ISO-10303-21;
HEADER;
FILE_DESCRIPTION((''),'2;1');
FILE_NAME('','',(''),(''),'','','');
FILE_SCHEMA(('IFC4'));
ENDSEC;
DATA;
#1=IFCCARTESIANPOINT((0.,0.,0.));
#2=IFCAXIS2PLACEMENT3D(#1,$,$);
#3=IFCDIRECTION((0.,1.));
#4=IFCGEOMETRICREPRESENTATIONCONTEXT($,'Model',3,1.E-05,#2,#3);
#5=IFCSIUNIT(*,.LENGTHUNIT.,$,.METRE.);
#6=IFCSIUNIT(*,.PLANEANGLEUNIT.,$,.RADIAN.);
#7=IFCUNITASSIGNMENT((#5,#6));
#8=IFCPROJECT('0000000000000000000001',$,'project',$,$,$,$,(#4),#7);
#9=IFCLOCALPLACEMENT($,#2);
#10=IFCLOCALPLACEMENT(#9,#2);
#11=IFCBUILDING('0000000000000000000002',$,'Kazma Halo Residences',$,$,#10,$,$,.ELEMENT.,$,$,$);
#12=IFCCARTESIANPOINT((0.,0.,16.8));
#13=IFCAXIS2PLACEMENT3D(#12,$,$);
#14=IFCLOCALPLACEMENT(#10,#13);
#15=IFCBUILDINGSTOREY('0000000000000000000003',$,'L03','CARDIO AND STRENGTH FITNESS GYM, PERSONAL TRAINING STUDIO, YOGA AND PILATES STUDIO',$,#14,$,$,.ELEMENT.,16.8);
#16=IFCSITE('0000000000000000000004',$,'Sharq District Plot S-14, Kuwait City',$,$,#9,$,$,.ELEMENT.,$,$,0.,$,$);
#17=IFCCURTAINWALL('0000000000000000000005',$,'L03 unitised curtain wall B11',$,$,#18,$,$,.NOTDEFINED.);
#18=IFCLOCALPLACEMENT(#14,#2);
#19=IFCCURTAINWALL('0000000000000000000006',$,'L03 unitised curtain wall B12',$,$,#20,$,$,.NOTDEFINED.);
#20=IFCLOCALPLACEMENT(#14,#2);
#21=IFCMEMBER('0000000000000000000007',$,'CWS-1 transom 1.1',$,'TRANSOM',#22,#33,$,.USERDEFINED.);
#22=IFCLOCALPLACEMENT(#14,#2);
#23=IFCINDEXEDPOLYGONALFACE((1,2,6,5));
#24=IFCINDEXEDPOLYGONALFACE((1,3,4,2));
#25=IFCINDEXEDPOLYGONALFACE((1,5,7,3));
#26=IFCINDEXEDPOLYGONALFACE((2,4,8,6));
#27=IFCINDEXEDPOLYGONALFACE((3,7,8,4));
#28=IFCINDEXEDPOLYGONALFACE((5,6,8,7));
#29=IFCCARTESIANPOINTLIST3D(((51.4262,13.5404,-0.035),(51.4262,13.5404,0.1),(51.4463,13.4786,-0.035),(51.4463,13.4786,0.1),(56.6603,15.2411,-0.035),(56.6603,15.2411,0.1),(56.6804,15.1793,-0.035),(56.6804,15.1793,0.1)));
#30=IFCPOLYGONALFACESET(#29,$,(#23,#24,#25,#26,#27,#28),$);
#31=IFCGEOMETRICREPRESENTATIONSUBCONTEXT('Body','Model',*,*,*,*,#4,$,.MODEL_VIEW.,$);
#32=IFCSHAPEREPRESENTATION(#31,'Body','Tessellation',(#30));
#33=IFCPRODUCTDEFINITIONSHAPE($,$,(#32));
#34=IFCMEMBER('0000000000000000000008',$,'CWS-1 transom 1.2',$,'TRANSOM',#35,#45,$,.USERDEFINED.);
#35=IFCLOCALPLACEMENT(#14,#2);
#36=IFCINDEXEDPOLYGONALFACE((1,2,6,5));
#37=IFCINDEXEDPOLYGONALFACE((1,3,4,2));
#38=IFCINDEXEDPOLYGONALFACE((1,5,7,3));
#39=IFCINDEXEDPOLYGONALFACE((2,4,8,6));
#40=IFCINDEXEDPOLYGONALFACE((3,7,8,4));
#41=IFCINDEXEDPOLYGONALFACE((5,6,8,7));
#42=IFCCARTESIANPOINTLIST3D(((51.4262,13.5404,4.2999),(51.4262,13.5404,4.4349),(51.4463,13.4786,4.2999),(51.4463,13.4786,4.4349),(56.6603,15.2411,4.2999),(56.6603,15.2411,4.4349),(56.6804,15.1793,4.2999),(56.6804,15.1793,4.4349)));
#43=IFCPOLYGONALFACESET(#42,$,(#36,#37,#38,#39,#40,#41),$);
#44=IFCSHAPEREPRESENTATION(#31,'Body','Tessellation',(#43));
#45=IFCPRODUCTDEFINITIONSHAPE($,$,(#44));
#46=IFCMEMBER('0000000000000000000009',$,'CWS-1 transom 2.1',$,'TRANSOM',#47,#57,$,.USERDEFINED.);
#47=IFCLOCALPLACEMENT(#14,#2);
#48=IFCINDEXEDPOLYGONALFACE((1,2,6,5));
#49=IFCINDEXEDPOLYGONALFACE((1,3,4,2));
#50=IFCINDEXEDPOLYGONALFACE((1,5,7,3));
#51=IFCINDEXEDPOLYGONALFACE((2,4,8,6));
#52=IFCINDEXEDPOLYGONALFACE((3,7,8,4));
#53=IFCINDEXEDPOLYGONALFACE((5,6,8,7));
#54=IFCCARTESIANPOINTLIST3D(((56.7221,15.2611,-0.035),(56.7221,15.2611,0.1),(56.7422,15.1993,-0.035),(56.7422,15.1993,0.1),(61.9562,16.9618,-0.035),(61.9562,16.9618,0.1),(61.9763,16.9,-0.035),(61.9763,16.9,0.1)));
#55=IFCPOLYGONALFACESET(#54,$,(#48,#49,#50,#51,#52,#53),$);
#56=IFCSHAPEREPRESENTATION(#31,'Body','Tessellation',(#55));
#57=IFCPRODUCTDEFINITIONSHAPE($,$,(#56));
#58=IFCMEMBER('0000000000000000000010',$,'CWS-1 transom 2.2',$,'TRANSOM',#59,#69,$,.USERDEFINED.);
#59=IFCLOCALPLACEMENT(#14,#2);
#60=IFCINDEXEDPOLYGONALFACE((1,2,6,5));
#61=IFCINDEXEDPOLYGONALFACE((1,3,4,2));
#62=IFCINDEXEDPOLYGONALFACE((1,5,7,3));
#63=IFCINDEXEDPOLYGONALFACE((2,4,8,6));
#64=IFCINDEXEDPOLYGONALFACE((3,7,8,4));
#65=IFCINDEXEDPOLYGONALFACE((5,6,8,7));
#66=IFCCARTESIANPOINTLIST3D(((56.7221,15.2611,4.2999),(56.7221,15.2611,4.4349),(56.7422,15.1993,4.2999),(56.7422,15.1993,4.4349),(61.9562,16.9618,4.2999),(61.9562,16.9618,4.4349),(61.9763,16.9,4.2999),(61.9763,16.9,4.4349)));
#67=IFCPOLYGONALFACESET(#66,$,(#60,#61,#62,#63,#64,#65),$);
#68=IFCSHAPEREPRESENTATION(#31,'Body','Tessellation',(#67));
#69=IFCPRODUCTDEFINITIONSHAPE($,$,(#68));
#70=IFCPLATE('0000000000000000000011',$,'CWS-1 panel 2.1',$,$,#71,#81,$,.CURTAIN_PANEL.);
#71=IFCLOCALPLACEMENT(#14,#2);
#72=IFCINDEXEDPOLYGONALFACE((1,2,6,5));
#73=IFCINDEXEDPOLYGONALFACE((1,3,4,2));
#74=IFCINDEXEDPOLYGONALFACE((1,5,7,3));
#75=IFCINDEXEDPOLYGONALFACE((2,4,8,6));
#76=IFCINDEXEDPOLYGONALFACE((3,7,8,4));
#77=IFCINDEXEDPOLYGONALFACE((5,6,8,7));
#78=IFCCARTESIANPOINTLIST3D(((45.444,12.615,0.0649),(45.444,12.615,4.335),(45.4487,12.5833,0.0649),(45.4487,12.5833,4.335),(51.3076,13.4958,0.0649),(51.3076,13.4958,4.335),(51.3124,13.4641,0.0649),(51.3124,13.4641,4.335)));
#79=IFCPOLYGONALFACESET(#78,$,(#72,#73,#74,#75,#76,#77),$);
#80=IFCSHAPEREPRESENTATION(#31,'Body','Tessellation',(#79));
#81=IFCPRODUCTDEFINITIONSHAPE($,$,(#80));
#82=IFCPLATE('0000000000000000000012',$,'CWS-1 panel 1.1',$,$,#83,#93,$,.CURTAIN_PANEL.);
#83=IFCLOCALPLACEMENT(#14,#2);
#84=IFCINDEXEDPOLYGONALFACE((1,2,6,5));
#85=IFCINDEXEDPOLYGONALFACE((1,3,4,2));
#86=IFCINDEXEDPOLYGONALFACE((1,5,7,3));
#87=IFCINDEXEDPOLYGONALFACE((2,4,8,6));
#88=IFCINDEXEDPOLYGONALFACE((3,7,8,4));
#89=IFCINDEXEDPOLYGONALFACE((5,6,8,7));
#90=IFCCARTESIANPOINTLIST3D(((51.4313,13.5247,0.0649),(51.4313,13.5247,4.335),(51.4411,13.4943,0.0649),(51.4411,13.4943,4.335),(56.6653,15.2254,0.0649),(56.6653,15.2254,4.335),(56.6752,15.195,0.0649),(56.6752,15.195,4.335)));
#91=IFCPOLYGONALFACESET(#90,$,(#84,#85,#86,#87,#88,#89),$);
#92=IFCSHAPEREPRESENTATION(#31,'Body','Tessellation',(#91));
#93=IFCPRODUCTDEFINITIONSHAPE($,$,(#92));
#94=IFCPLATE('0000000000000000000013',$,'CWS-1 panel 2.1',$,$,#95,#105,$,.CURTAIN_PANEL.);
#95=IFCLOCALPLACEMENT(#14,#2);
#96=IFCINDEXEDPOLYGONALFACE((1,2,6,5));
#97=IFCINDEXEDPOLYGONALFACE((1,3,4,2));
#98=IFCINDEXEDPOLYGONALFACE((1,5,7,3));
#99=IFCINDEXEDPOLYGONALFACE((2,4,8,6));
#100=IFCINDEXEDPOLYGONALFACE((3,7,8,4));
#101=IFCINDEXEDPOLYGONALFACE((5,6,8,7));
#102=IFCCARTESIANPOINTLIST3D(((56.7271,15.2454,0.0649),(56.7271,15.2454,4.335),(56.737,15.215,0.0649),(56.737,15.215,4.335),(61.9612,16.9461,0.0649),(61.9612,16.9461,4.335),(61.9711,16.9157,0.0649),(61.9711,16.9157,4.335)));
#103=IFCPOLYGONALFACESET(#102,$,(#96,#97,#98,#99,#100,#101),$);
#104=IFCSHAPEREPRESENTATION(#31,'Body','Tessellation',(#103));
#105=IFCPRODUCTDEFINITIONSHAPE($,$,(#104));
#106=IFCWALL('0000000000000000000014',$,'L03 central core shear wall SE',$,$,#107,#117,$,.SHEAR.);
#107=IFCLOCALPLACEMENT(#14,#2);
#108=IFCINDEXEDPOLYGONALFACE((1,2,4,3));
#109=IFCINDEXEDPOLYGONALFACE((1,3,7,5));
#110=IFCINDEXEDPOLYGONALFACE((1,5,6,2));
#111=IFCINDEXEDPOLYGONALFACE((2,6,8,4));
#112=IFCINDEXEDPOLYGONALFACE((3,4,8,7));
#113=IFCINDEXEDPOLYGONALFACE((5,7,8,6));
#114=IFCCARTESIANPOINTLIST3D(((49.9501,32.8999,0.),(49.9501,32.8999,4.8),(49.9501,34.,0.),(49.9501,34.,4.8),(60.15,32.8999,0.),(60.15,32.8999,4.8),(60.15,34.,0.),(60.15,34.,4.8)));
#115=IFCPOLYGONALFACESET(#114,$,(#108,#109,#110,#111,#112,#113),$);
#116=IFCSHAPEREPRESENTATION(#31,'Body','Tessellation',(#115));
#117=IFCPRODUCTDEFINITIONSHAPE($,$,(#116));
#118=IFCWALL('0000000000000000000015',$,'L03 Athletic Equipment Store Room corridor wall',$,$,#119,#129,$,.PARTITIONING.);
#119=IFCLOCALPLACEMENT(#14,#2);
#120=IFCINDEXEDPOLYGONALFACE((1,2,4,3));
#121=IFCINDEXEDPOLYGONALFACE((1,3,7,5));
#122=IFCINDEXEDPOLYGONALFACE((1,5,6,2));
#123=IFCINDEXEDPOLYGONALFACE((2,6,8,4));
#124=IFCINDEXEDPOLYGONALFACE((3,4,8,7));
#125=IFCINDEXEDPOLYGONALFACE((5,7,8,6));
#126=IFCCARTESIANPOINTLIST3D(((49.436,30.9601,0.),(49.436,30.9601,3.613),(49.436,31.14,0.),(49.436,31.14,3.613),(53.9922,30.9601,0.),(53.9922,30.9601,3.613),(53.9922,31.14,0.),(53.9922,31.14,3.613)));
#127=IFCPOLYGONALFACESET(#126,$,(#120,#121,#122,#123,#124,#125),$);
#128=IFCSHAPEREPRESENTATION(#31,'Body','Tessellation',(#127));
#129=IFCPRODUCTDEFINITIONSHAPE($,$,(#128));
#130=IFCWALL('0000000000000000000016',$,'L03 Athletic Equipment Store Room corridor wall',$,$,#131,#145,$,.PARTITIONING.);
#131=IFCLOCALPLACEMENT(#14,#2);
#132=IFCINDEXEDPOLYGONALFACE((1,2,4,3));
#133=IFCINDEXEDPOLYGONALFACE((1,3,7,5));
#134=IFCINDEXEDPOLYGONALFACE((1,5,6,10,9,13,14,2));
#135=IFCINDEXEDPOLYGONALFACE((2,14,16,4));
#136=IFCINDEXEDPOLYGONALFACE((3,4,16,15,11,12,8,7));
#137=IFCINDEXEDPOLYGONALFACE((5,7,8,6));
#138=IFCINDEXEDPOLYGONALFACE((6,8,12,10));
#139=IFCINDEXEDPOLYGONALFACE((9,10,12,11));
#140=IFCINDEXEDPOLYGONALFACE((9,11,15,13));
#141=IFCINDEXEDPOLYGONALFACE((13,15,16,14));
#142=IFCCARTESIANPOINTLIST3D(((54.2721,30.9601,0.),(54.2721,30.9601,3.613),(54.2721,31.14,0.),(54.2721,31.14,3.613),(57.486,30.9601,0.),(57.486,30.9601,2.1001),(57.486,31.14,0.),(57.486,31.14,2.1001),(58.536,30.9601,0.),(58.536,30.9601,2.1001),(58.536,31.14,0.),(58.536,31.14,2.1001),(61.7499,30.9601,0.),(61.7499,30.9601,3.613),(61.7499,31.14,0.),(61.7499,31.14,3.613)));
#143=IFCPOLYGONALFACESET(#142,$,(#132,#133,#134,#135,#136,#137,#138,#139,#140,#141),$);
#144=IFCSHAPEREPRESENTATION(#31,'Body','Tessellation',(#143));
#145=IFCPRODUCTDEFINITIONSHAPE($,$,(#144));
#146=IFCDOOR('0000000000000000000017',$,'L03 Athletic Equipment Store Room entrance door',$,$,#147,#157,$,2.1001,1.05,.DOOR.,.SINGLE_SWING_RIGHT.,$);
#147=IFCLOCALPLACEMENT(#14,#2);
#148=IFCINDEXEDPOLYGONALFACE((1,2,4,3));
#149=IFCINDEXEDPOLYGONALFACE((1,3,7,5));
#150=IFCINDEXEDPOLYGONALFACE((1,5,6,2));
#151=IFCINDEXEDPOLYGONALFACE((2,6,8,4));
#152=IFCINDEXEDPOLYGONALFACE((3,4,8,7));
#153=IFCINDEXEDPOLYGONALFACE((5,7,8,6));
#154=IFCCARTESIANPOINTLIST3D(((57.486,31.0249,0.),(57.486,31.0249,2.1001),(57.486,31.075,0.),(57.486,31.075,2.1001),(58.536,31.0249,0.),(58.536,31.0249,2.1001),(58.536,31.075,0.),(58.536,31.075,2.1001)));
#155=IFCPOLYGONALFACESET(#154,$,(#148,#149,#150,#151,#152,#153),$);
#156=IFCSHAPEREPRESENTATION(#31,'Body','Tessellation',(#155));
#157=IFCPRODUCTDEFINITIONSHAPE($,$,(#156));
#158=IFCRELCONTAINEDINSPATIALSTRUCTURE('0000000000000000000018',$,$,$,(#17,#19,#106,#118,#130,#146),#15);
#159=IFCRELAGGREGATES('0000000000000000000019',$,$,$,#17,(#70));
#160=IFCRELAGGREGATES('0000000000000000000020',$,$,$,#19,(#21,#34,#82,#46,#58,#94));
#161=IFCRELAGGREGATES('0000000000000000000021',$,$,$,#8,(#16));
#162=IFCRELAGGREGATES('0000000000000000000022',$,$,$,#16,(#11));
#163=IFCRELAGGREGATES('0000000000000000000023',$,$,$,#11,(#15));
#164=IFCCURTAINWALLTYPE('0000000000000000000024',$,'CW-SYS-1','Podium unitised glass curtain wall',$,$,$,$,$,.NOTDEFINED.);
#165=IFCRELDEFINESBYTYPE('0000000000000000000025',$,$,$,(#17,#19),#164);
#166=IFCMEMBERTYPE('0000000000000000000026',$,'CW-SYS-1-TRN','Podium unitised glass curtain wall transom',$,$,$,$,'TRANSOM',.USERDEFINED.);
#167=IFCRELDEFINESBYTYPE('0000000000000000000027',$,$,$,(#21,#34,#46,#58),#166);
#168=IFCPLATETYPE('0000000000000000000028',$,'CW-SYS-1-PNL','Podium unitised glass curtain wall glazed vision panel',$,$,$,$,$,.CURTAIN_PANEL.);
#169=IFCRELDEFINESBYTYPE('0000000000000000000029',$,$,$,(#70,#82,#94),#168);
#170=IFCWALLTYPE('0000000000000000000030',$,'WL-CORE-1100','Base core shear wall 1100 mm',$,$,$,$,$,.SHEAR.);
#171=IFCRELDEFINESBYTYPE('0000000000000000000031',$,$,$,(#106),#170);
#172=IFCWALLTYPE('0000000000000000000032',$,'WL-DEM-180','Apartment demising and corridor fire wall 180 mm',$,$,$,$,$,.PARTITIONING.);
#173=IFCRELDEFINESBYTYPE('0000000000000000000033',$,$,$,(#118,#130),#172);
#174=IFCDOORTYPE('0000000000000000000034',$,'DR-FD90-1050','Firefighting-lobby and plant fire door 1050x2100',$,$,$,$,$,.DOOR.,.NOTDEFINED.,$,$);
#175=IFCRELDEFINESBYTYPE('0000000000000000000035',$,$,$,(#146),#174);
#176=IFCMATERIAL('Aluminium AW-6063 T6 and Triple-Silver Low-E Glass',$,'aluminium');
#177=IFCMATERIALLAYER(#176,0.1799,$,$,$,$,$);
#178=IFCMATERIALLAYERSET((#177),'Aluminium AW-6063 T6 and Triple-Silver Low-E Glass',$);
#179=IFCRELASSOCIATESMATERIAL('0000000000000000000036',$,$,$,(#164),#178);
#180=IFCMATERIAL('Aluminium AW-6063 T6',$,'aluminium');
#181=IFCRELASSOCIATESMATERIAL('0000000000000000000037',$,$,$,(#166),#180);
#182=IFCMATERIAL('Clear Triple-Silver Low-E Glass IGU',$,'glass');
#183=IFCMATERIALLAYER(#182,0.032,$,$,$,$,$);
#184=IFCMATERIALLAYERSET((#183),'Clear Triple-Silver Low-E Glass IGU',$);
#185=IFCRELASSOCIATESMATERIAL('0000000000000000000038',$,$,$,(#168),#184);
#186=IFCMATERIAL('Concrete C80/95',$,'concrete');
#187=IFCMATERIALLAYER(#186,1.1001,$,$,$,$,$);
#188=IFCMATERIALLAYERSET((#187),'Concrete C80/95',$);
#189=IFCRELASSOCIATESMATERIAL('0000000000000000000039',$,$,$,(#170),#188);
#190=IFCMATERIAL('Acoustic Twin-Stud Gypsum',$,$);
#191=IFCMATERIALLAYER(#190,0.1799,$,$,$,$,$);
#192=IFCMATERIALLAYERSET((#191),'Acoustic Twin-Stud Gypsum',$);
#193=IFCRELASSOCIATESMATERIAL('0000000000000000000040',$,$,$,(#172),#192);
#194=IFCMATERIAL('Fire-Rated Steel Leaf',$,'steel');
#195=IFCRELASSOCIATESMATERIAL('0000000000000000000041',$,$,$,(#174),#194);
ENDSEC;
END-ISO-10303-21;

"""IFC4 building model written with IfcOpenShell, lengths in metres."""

from ifc_helpers import new_model, si_unit, direction, frame, frame_2d, origin, origin_2d, place, context, subcontext, project, spatial, rectangle, extrude, material, layer, layer_set, material_profile, profile_set, type_object, element, fill, aggregate, save


model = new_model("IFC4")

# Units and contexts
model_context = context("Model", 3, precision=1e-05, world=origin(), true_north=direction((0.0, 1.0)))
body_context = subcontext(model_context, "Body", "Model", "MODEL_VIEW")
ifc_project = project(units=[si_unit("LENGTHUNIT", "METRE"), si_unit("PLANEANGLEUNIT", "RADIAN")], contexts=[model_context])

# Site, building, storey
site_placement = place(None, origin())
site = spatial("IfcSite", under=ifc_project, at=site_placement, Name="Sharq District Plot S-14, Kuwait City", CompositionType="ELEMENT", RefElevation=0.0)
building_placement = place(site_placement, origin())
building = spatial("IfcBuilding", under=site, at=building_placement, Name="Kazma Halo Residences", CompositionType="ELEMENT")
storey_placement = place(building_placement, frame((0.0, 0.0, 16.8)))
storey = spatial("IfcBuildingStorey", under=building, at=storey_placement, Name="L03", Description="CARDIO AND STRENGTH FITNESS GYM, PERSONAL TRAINING STUDIO, YOGA AND PILATES STUDIO", CompositionType="ELEMENT", Elevation=16.8)

# Shared definitions
ifc_material_1 = material(Name="Concrete C80/95", Category="concrete")

# Curtain wall
ifc_material_2 = material(Name="Aluminium AW-6063 T6 and Triple-Silver Low-E Glass", Category="aluminium")
ifc_layer_1 = layer(ifc_material_2, 0.1799)
ifc_layer_set_1 = layer_set([ifc_layer_1], Name="Aluminium AW-6063 T6 and Triple-Silver Low-E Glass")
curtain_wall_type = type_object("IfcCurtainWallType", Name="CW-SYS-1", Description="Podium unitised glass curtain wall", PredefinedType="NOTDEFINED", material=ifc_layer_set_1)
curtain_wall_1_placement = place(storey_placement, origin())
curtain_wall_1 = element("IfcCurtainWall", 1, at=curtain_wall_1_placement, inside=storey, type_object=curtain_wall_type, Name="L03 unitised curtain wall B11", PredefinedType="NOTDEFINED")
ifc_material_3 = material(Name="Aluminium AW-6063 T6", Category="aluminium")

# Curtain wall, members
curtain_wall_2_placement = place(storey_placement, origin())
curtain_wall_2 = element("IfcCurtainWall", 2, at=curtain_wall_2_placement, inside=storey, type_object=curtain_wall_type, Name="L03 unitised curtain wall B12", PredefinedType="NOTDEFINED")
ifc_material_profile_1 = material_profile(ifc_material_3, rectangle(XDim=0.0649, YDim=0.135, at=origin_2d()), Name="CWT-65x135")
ifc_profile_set_1 = profile_set([ifc_material_profile_1], Name="Aluminium AW-6063 T6")
member_type_1 = type_object("IfcMemberType", Name="CW-SYS-1-TRN", Description="Podium unitised glass curtain wall transom", ElementType="TRANSOM", PredefinedType="USERDEFINED", material=ifc_profile_set_1)
member_1_placement = place(storey_placement, frame((51.4363, 13.5095, 0.0325), z_axis=(0.951056, 0.309019, 0.0), x_axis=(-0.309019, 0.951056, 0.0)))
member_1 = element("IfcMember", 3, at=member_1_placement, type_object=member_type_1, Name="CWS-1 transom 1.1", ObjectType="TRANSOM", PredefinedType="USERDEFINED", context=body_context, shape_type="SweptSolid", body=[
    extrude(rectangle(XDim=0.0649, YDim=0.135, at=origin_2d()), origin(), (0.0, 0.0, 1.0), 5.5034),
])
member_2_placement = place(storey_placement, frame((51.4363, 13.5095, 4.3674), z_axis=(0.951056, 0.309019, 0.0), x_axis=(-0.309019, 0.951056, 0.0)))
member_2 = element("IfcMember", 4, at=member_2_placement, type_object=member_type_1, Name="CWS-1 transom 1.2", ObjectType="TRANSOM", PredefinedType="USERDEFINED", context=body_context, shape_type="SweptSolid", body=[
    extrude(rectangle(XDim=0.0649, YDim=0.135, at=origin_2d()), origin(), (0.0, 0.0, 1.0), 5.5034),
])
member_3_placement = place(storey_placement, frame((56.7322, 15.2302, 0.0325), z_axis=(0.951056, 0.309019, 0.0), x_axis=(-0.309019, 0.951056, 0.0)))
member_3 = element("IfcMember", 5, at=member_3_placement, type_object=member_type_1, Name="CWS-1 transom 2.1", ObjectType="TRANSOM", PredefinedType="USERDEFINED", context=body_context, shape_type="SweptSolid", body=[
    extrude(rectangle(XDim=0.0649, YDim=0.135, at=origin_2d()), origin(), (0.0, 0.0, 1.0), 5.5034),
])
member_4_placement = place(storey_placement, frame((56.7322, 15.2302, 4.3674), z_axis=(0.951056, 0.309019, 0.0), x_axis=(-0.309019, 0.951056, 0.0)))
member_4 = element("IfcMember", 6, at=member_4_placement, type_object=member_type_1, Name="CWS-1 transom 2.2", ObjectType="TRANSOM", PredefinedType="USERDEFINED", context=body_context, shape_type="SweptSolid", body=[
    extrude(rectangle(XDim=0.0649, YDim=0.135, at=origin_2d()), origin(), (0.0, 0.0, 1.0), 5.5034),
])

# Plates
ifc_material_4 = material(Name="Clear Triple-Silver Low-E Glass IGU", Category="glass")
ifc_layer_2 = layer(ifc_material_4, 0.032)
ifc_layer_set_2 = layer_set([ifc_layer_2], Name="Clear Triple-Silver Low-E Glass IGU")
plate_type = type_object("IfcPlateType", Name="CW-SYS-1-PNL", Description="Podium unitised glass curtain wall glazed vision panel", PredefinedType="CURTAIN_PANEL", material=ifc_layer_set_2)
plate_1_placement = place(storey_placement, frame((48.3782, 13.0396, 0.0649), z_axis=(0.0, 0.0, 1.0), x_axis=(0.988905, 0.148549, 0.0)))
plate_1 = element("IfcPlate", 7, at=plate_1_placement, type_object=plate_type, Name="CWS-1 panel 2.1", PredefinedType="CURTAIN_PANEL", context=body_context, shape_type="SweptSolid", body=[
    extrude(rectangle(XDim=5.9294, YDim=0.032, at=origin_2d()), origin(), (0.0, 0.0, 1.0), 4.27),
])
aggregate(curtain_wall_1, [plate_1])
plate_2_placement = place(storey_placement, frame((54.0532, 14.3599, 0.0649), z_axis=(0.0, 0.0, 1.0), x_axis=(0.951056, 0.309017, 0.0)))
plate_2 = element("IfcPlate", 8, at=plate_2_placement, type_object=plate_type, Name="CWS-1 panel 1.1", PredefinedType="CURTAIN_PANEL", context=body_context, shape_type="SweptSolid", body=[
    extrude(rectangle(XDim=5.5034, YDim=0.032, at=origin_2d()), origin(), (0.0, 0.0, 1.0), 4.27),
])
plate_3_placement = place(storey_placement, frame((59.3491, 16.0806, 0.0649), z_axis=(0.0, 0.0, 1.0), x_axis=(0.951056, 0.309017, 0.0)))
plate_3 = element("IfcPlate", 9, at=plate_3_placement, type_object=plate_type, Name="CWS-1 panel 2.1", PredefinedType="CURTAIN_PANEL", context=body_context, shape_type="SweptSolid", body=[
    extrude(rectangle(XDim=5.5034, YDim=0.032, at=origin_2d()), origin(), (0.0, 0.0, 1.0), 4.27),
])
aggregate(curtain_wall_2, [member_1, member_2, plate_2, member_3, member_4, plate_3])

# Walls
ifc_layer_3 = layer(ifc_material_1, 1.1001)
ifc_layer_set_3 = layer_set([ifc_layer_3], Name="Concrete C80/95")
wall_type_1 = type_object("IfcWallType", Name="WL-CORE-1100", Description="Base core shear wall 1100 mm", PredefinedType="SHEAR", material=ifc_layer_set_3)
wall_1_placement = place(storey_placement, frame((49.95, 33.45, 0.0), z_axis=(0.0, 0.0, 1.0), x_axis=(1.0, 0.0, 0.0)))
element("IfcWall", 10, at=wall_1_placement, inside=storey, type_object=wall_type_1, Name="L03 central core shear wall SE", PredefinedType="SHEAR", context=body_context, shape_type="SweptSolid", body=[
    extrude(rectangle(XDim=10.2, YDim=1.1001, at=frame_2d((5.1001, 0.0))), origin(), (0.0, 0.0, 1.0), 4.8),
])
ifc_material_5 = material(Name="Acoustic Twin-Stud Gypsum")
ifc_layer_4 = layer(ifc_material_5, 0.1799)
ifc_layer_set_4 = layer_set([ifc_layer_4], Name="Acoustic Twin-Stud Gypsum")
wall_type_2 = type_object("IfcWallType", Name="WL-DEM-180", Description="Apartment demising and corridor fire wall 180 mm", PredefinedType="PARTITIONING", material=ifc_layer_set_4)
wall_2_placement = place(storey_placement, frame((49.436, 31.05, 0.0), z_axis=(0.0, 0.0, 1.0), x_axis=(1.0, 0.0, 0.0)))
element("IfcWall", 11, at=wall_2_placement, inside=storey, type_object=wall_type_2, Name="L03 Athletic Equipment Store Room corridor wall", PredefinedType="PARTITIONING", context=body_context, shape_type="SweptSolid", body=[
    extrude(rectangle(XDim=4.5562, YDim=0.1799, at=frame_2d((2.2781, 0.0))), origin(), (0.0, 0.0, 1.0), 3.613),
])

# Wall, opening, door
wall_3_placement = place(storey_placement, frame((54.2722, 31.05, 0.0), z_axis=(0.0, 0.0, 1.0), x_axis=(1.0, 0.0, 0.0)))
wall_3 = element("IfcWall", 12, at=wall_3_placement, inside=storey, type_object=wall_type_2, Name="L03 Athletic Equipment Store Room corridor wall", PredefinedType="PARTITIONING", context=body_context, shape_type="SweptSolid", body=[
    extrude(rectangle(XDim=7.4778, YDim=0.1799, at=frame_2d((3.7388, 0.0))), origin(), (0.0, 0.0, 1.0), 3.613),
])
opening_placement = place(wall_3_placement, frame((3.2139, 0.0, 0.0)))
opening = element("IfcOpeningElement", 13, at=opening_placement, cuts=wall_3, PredefinedType="OPENING", context=body_context, shape_type="SweptSolid", body=[
    extrude(rectangle(XDim=1.05, YDim=2.1001, at=frame_2d((0.5249, 1.05))), frame((0.0, 0.0999, 0.0), z_axis=(0.0, -1.0, 0.0), x_axis=(1.0, 0.0, 0.0)), (0.0, 0.0, 1.0), 0.2),
])
ifc_material_6 = material(Name="Fire-Rated Steel Leaf", Category="steel")
door_type = type_object("IfcDoorType", Name="DR-FD90-1050", Description="Firefighting-lobby and plant fire door 1050x2100", OperationType="NOTDEFINED", PredefinedType="DOOR", material=ifc_material_6)
door_placement = place(opening_placement, origin())
door = element("IfcDoor", 14, at=door_placement, inside=storey, type_object=door_type, Name="L03 Athletic Equipment Store Room entrance door", OperationType="SINGLE_SWING_RIGHT", OverallHeight=2.1001, OverallWidth=1.05, PredefinedType="DOOR", context=body_context, shape_type="SweptSolid", body=[
    extrude(rectangle(XDim=1.05, YDim=2.1001, at=frame_2d((0.5249, 1.05))), frame((0.0, 0.0249, 0.0), z_axis=(0.0, -1.0, 0.0), x_axis=(1.0, 0.0, 0.0)), (0.0, 0.0, 1.0), 0.05),
])
fill(opening, door)

save(model, "model.ifc")
